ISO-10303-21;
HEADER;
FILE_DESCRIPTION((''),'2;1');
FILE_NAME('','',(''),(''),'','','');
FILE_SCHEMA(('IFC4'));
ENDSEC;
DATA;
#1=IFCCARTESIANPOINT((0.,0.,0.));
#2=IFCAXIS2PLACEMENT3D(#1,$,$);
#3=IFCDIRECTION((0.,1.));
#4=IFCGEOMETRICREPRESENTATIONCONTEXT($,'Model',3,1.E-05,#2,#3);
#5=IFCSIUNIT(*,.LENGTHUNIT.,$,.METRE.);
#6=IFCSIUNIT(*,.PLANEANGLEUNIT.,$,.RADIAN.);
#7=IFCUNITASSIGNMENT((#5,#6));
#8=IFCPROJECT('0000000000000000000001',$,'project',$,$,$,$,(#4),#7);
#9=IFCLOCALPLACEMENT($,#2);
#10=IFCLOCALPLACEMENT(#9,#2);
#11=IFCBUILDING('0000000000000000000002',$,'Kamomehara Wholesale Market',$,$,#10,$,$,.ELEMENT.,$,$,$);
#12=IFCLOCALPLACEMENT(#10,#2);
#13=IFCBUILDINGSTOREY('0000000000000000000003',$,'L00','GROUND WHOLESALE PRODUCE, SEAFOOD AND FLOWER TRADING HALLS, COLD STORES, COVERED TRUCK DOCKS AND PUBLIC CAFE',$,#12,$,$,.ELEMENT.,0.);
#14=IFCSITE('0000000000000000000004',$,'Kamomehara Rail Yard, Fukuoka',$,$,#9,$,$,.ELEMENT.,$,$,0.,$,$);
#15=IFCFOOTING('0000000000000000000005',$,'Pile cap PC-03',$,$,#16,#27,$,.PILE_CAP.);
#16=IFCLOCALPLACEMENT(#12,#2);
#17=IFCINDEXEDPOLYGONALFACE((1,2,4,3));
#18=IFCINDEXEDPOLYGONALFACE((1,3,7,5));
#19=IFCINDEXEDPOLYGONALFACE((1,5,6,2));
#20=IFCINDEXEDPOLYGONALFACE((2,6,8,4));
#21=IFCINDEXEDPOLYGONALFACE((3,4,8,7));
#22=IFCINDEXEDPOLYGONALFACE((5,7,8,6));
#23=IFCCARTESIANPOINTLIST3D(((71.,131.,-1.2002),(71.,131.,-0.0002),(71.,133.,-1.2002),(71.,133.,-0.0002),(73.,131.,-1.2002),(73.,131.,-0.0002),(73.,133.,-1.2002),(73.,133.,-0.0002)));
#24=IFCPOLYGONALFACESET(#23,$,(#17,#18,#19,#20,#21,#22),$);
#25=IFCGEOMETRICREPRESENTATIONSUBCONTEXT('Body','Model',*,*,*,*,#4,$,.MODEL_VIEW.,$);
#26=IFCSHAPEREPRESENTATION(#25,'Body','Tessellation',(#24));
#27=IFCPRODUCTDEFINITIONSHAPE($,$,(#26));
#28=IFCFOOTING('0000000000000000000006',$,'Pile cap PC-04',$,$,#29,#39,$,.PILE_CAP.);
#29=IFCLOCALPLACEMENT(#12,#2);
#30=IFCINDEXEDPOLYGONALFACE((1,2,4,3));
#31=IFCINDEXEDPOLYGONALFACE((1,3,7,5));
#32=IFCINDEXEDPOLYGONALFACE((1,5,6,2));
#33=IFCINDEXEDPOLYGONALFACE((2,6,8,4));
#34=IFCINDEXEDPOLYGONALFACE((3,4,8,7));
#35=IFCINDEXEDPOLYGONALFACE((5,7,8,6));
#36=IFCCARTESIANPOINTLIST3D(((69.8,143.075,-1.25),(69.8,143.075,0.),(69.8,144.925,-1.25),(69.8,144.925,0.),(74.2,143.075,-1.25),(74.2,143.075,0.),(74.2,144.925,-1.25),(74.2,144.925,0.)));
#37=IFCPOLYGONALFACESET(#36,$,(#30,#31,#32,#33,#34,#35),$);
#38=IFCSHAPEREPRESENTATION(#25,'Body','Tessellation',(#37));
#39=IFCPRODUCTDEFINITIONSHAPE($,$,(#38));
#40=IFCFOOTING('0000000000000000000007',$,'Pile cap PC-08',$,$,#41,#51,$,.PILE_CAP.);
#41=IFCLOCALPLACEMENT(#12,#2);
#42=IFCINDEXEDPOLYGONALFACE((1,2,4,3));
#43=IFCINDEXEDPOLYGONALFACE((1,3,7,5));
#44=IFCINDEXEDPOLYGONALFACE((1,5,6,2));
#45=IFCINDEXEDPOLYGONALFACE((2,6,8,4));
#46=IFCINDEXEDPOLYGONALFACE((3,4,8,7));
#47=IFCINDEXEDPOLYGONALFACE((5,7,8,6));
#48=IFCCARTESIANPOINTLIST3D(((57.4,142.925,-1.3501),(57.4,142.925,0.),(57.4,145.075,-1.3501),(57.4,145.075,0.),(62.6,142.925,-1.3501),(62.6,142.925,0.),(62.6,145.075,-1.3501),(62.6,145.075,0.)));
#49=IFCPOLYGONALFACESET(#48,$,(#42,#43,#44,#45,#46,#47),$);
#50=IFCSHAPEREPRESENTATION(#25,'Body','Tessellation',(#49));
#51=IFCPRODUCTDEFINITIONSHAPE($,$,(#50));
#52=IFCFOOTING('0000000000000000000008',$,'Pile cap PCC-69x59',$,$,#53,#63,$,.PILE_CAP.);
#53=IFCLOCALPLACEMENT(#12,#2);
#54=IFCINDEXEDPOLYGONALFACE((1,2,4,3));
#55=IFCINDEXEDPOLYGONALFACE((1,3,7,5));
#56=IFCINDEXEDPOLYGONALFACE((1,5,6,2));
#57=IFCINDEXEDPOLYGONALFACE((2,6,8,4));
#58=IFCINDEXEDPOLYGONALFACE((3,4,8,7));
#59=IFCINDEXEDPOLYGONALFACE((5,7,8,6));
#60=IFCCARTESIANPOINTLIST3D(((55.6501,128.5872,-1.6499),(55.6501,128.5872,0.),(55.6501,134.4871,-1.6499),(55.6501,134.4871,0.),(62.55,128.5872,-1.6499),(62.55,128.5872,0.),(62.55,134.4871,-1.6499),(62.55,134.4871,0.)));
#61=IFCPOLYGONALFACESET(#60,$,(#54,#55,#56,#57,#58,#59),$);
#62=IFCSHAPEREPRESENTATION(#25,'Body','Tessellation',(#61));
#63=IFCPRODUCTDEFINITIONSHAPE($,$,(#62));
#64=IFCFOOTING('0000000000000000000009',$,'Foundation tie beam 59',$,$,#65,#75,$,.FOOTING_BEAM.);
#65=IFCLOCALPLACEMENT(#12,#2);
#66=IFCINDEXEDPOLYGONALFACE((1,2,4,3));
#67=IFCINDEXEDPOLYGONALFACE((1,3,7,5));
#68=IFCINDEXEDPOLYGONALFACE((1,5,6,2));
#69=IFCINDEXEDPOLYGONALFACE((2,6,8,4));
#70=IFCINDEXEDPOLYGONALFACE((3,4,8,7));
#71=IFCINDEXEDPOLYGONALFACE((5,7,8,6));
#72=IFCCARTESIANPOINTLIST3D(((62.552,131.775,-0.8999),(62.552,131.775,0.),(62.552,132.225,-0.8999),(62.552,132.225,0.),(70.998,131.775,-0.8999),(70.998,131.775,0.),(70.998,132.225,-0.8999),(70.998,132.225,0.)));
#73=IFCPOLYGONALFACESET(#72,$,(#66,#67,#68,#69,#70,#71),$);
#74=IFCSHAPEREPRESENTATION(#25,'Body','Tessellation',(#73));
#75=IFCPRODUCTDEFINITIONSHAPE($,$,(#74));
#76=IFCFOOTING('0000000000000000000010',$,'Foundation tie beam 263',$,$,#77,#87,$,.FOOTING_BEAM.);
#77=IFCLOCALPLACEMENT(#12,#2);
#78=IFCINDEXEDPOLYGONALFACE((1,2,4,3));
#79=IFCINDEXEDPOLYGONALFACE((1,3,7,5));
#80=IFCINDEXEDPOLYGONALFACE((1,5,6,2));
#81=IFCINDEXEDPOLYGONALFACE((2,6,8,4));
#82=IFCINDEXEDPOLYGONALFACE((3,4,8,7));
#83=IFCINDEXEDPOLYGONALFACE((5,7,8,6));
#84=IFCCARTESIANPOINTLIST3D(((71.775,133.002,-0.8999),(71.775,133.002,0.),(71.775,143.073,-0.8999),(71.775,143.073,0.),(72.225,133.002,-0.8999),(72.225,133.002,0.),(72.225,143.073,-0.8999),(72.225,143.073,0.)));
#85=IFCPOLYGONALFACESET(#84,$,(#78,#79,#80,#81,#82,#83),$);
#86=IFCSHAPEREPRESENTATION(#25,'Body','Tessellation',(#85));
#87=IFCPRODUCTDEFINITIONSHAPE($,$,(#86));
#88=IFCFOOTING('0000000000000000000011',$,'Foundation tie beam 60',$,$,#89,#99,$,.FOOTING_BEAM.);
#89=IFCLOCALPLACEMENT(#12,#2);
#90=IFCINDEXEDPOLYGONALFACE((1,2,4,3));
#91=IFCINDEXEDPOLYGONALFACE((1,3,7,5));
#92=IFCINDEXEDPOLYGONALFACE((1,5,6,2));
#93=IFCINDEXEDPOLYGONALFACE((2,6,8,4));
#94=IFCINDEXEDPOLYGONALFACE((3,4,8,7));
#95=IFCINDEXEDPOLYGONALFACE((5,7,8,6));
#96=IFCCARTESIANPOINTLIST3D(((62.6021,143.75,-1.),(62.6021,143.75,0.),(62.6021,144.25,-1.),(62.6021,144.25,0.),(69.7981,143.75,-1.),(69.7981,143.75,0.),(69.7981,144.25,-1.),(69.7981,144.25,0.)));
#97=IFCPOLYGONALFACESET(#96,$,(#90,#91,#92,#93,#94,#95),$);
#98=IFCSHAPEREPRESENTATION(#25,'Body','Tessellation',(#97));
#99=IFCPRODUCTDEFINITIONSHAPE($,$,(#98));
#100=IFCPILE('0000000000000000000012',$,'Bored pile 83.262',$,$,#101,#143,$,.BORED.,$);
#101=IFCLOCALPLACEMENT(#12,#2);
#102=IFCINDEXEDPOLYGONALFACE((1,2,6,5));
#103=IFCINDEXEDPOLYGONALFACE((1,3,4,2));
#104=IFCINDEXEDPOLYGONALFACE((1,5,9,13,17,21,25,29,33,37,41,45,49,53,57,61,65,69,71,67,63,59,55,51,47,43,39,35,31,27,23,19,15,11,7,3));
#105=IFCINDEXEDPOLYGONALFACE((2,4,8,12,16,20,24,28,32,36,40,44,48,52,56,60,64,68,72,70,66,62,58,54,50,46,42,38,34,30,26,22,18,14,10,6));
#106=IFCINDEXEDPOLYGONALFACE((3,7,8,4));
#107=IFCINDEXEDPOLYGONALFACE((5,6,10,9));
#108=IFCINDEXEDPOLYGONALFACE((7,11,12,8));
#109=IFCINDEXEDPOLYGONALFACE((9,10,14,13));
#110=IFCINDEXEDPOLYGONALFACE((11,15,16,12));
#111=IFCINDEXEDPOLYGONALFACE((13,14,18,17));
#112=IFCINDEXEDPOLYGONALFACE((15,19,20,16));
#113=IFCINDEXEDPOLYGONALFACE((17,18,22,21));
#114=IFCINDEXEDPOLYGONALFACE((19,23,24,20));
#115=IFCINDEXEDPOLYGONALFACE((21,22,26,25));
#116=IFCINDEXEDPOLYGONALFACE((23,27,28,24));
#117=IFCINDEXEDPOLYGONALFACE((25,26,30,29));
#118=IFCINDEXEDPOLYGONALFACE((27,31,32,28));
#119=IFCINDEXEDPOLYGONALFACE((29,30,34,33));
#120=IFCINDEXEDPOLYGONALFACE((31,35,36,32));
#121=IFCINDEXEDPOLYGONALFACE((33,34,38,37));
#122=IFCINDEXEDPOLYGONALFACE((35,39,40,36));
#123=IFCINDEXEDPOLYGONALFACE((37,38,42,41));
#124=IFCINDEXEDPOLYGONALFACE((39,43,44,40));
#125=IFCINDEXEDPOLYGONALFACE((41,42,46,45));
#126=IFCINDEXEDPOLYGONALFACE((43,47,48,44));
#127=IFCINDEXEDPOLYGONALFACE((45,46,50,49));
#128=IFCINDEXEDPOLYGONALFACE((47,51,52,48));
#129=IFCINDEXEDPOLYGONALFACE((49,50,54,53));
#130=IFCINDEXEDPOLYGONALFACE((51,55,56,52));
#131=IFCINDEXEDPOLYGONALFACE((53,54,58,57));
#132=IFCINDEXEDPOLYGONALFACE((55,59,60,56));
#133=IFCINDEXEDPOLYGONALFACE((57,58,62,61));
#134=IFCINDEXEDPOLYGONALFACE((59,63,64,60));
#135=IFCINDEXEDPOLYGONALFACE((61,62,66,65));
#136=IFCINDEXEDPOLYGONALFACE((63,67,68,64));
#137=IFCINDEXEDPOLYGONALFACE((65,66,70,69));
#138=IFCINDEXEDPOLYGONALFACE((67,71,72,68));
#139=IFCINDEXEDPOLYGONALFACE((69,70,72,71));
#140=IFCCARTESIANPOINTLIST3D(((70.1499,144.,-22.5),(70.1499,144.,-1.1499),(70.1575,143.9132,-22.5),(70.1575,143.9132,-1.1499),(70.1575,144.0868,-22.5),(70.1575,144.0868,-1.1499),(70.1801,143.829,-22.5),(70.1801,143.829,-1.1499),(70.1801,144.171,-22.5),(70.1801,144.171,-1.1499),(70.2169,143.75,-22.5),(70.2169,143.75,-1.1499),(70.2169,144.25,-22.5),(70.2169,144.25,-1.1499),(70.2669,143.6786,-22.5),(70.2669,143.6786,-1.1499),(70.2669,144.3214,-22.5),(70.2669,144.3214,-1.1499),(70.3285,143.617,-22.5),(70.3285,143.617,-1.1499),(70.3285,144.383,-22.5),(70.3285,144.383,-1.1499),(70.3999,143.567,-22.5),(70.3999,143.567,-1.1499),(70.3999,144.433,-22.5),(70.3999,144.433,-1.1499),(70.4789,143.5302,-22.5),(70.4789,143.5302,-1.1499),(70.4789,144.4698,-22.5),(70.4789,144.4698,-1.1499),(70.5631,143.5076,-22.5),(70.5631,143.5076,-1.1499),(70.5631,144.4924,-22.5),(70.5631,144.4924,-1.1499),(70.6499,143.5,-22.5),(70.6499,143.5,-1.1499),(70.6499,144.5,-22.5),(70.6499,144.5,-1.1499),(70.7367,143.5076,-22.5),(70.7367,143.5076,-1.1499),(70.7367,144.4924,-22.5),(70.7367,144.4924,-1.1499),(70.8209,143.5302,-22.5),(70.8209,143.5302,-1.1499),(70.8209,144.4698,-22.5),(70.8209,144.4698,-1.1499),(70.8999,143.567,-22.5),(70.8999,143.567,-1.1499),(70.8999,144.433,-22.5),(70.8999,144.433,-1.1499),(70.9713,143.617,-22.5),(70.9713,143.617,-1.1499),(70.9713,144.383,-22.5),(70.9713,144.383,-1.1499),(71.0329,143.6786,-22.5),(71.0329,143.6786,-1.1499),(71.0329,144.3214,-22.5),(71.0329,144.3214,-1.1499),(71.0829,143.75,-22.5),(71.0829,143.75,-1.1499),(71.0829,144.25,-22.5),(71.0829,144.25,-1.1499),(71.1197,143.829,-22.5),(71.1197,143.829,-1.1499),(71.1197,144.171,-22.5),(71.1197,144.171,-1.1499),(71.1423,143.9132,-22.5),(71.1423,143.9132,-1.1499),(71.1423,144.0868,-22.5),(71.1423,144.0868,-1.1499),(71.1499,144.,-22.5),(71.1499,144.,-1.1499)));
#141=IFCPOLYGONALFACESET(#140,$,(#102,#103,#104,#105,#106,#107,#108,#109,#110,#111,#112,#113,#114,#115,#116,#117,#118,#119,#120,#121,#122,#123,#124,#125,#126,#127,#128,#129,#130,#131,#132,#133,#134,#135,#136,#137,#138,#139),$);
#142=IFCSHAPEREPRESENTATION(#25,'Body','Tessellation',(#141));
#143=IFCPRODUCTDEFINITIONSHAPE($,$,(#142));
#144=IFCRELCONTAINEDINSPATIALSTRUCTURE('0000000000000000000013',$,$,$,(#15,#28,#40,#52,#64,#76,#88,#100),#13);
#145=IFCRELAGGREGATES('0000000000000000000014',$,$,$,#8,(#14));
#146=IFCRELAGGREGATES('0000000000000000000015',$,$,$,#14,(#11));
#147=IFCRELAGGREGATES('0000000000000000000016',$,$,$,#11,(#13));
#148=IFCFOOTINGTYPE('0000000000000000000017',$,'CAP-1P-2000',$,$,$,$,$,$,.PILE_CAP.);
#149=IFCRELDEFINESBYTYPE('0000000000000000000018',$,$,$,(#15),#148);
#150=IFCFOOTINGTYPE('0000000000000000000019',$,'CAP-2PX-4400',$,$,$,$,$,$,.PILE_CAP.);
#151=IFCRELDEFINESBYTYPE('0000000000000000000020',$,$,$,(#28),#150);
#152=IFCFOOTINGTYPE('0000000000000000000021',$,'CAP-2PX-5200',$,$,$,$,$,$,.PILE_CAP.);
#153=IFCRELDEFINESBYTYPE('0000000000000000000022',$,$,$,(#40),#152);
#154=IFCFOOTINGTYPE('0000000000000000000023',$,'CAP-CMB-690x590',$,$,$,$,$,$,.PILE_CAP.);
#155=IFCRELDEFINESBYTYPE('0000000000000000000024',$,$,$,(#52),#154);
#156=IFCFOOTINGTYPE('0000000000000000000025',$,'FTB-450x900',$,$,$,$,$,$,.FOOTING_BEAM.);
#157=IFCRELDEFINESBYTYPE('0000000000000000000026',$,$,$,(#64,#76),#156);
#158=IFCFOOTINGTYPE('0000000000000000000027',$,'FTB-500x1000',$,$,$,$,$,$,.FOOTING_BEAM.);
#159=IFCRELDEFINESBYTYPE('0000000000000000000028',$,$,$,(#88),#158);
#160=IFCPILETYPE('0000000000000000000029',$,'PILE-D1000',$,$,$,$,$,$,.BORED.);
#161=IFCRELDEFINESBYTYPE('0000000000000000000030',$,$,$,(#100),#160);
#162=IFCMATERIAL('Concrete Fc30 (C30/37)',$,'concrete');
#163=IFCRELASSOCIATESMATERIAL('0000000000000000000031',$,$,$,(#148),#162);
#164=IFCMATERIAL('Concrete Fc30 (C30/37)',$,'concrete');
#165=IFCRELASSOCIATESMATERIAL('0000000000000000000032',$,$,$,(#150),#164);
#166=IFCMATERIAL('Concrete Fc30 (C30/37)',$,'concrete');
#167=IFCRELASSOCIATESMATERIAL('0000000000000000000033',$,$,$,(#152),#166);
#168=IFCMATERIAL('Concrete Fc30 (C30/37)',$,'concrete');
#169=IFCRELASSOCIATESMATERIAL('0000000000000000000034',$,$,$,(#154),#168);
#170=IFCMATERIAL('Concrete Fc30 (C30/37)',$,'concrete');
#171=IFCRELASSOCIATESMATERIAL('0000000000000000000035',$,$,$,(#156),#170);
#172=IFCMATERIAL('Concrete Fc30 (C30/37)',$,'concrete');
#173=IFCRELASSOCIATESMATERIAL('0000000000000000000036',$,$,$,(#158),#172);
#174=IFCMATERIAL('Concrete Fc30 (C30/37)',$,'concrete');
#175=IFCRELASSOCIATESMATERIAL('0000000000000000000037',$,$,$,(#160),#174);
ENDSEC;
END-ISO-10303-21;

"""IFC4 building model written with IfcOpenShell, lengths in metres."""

from ifc_helpers import new_model, si_unit, direction, frame, origin, origin_2d, place, context, subcontext, project, spatial, rectangle, circle, extrude, material, material_profile, profile_set, type_object, element, save


model = new_model("IFC4")

# Units and contexts
model_context = context("Model", 3, precision=1e-05, world=origin(), true_north=direction((0.0, 1.0)))
body_context = subcontext(model_context, "Body", "Model", "MODEL_VIEW")
ifc_project = project(units=[si_unit("LENGTHUNIT", "METRE"), si_unit("PLANEANGLEUNIT", "RADIAN")], contexts=[model_context])

# Site, building, storey
site_placement = place(None, origin())
site = spatial("IfcSite", under=ifc_project, at=site_placement, Name="Kamomehara Rail Yard, Fukuoka", CompositionType="ELEMENT", RefElevation=0.0)
building_placement = place(site_placement, origin())
building = spatial("IfcBuilding", under=site, at=building_placement, Name="Kamomehara Wholesale Market", CompositionType="ELEMENT")
storey_placement = place(building_placement, origin())
storey = spatial("IfcBuildingStorey", under=building, at=storey_placement, Name="L00", Description="GROUND WHOLESALE PRODUCE, SEAFOOD AND FLOWER TRADING HALLS, COLD STORES, COVERED TRUCK DOCKS AND PUBLIC CAFE", CompositionType="ELEMENT", Elevation=0.0)

# Footings
ifc_material_1 = material(Name="Concrete Fc30 (C30/37)", Category="concrete")
footing_type_1 = type_object("IfcFootingType", Name="CAP-1P-2000", PredefinedType="PILE_CAP", material=ifc_material_1)
footing_1_placement = place(storey_placement, frame((72.0, 132.0, -1.2002), z_axis=(0.0, 0.0, 1.0), x_axis=(1.0, 0.0, 0.0)))
element("IfcFooting", 1, at=footing_1_placement, inside=storey, type_object=footing_type_1, Name="Pile cap PC-03", PredefinedType="PILE_CAP", context=body_context, shape_type="SweptSolid", body=[
    extrude(rectangle(XDim=2.0, YDim=2.0, at=origin_2d()), origin(), (0.0, 0.0, 1.0), 1.2),
])
ifc_material_2 = material(Name="Concrete Fc30 (C30/37)", Category="concrete")
footing_type_2 = type_object("IfcFootingType", Name="CAP-2PX-4400", PredefinedType="PILE_CAP", material=ifc_material_2)
footing_2_placement = place(storey_placement, frame((72.0, 144.0, -1.25), z_axis=(0.0, 0.0, 1.0), x_axis=(1.0, 0.0, 0.0)))
element("IfcFooting", 2, at=footing_2_placement, inside=storey, type_object=footing_type_2, Name="Pile cap PC-04", PredefinedType="PILE_CAP", context=body_context, shape_type="SweptSolid", body=[
    extrude(rectangle(XDim=4.3999, YDim=1.8501, at=origin_2d()), origin(), (0.0, 0.0, 1.0), 1.25),
])
ifc_material_3 = material(Name="Concrete Fc30 (C30/37)", Category="concrete")
footing_type_3 = type_object("IfcFootingType", Name="CAP-2PX-5200", PredefinedType="PILE_CAP", material=ifc_material_3)
footing_3_placement = place(storey_placement, frame((60.0, 144.0, -1.3501), z_axis=(0.0, 0.0, 1.0), x_axis=(1.0, 0.0, 0.0)))
element("IfcFooting", 3, at=footing_3_placement, inside=storey, type_object=footing_type_3, Name="Pile cap PC-08", PredefinedType="PILE_CAP", context=body_context, shape_type="SweptSolid", body=[
    extrude(rectangle(XDim=5.2, YDim=2.1499, at=origin_2d()), origin(), (0.0, 0.0, 1.0), 1.3501),
])
ifc_material_4 = material(Name="Concrete Fc30 (C30/37)", Category="concrete")
footing_type_4 = type_object("IfcFootingType", Name="CAP-CMB-690x590", PredefinedType="PILE_CAP", material=ifc_material_4)
footing_4_placement = place(storey_placement, frame((59.1001, 131.5371, -1.6499), z_axis=(0.0, 0.0, 1.0), x_axis=(1.0, 0.0, 0.0)))
element("IfcFooting", 4, at=footing_4_placement, inside=storey, type_object=footing_type_4, Name="Pile cap PCC-69x59", PredefinedType="PILE_CAP", context=body_context, shape_type="SweptSolid", body=[
    extrude(rectangle(XDim=6.8999, YDim=5.8999, at=origin_2d()), origin(), (0.0, 0.0, 1.0), 1.6499),
])
ifc_material_5 = material(Name="Concrete Fc30 (C30/37)", Category="concrete")
ifc_material_profile_1 = material_profile(ifc_material_5, rectangle(XDim=0.45, YDim=0.8999, at=origin_2d()), Name="RC-FTB-450x900")
ifc_profile_set_1 = profile_set([ifc_material_profile_1], Name="Concrete Fc30 (C30/37)")
footing_type_5 = type_object("IfcFootingType", Name="FTB-450x900", PredefinedType="FOOTING_BEAM", material=ifc_profile_set_1)
footing_5_placement = place(storey_placement, frame((62.552, 132.0, -0.45), z_axis=(1.0, 0.0, 0.0), x_axis=(0.0, 1.0, 0.0)))
element("IfcFooting", 5, at=footing_5_placement, inside=storey, type_object=footing_type_5, Name="Foundation tie beam 59", PredefinedType="FOOTING_BEAM", context=body_context, shape_type="SweptSolid", body=[
    extrude(rectangle(XDim=0.45, YDim=0.8999, at=origin_2d()), origin(), (0.0, 0.0, 1.0), 8.446),
])
footing_6_placement = place(storey_placement, frame((72.0, 133.002, -0.45), z_axis=(0.0, 1.0, 0.0), x_axis=(-1.0, 0.0, 0.0)))
element("IfcFooting", 6, at=footing_6_placement, inside=storey, type_object=footing_type_5, Name="Foundation tie beam 263", PredefinedType="FOOTING_BEAM", context=body_context, shape_type="SweptSolid", body=[
    extrude(rectangle(XDim=0.45, YDim=0.8999, at=origin_2d()), origin(), (0.0, 0.0, 1.0), 10.071),
])
ifc_material_6 = material(Name="Concrete Fc30 (C30/37)", Category="concrete")
ifc_material_profile_2 = material_profile(ifc_material_6, rectangle(XDim=0.5, YDim=1.0, at=origin_2d()), Name="RC-FTB-500x1000")
ifc_profile_set_2 = profile_set([ifc_material_profile_2], Name="Concrete Fc30 (C30/37)")
footing_type_6 = type_object("IfcFootingType", Name="FTB-500x1000", PredefinedType="FOOTING_BEAM", material=ifc_profile_set_2)
footing_7_placement = place(storey_placement, frame((62.6021, 144.0, -0.5), z_axis=(1.0, 0.0, 0.0), x_axis=(0.0, 1.0, 0.0)))
element("IfcFooting", 7, at=footing_7_placement, inside=storey, type_object=footing_type_6, Name="Foundation tie beam 60", PredefinedType="FOOTING_BEAM", context=body_context, shape_type="SweptSolid", body=[
    extrude(rectangle(XDim=0.5, YDim=1.0, at=origin_2d()), origin(), (0.0, 0.0, 1.0), 7.196),
])

# Pile
ifc_material_7 = material(Name="Concrete Fc30 (C30/37)", Category="concrete")
ifc_material_profile_3 = material_profile(ifc_material_7, circle(Radius=0.5, at=origin_2d()), Name="RC-PILE-D1000")
ifc_profile_set_3 = profile_set([ifc_material_profile_3], Name="Concrete Fc30 (C30/37)")
pile_type_1 = type_object("IfcPileType", Name="PILE-D1000", PredefinedType="BORED", material=ifc_profile_set_3)
pile_1_placement = place(storey_placement, frame((70.6499, 144.0, -1.1499), z_axis=(0.0, 0.0, -1.0), x_axis=(1.0, 0.0, 0.0)))
element("IfcPile", 8, at=pile_1_placement, inside=storey, type_object=pile_type_1, Name="Bored pile 83.262", PredefinedType="BORED", context=body_context, shape_type="SweptSolid", body=[
    extrude(circle(Radius=0.5, at=origin_2d()), origin(), (0.0, 0.0, 1.0), 21.3501),
])

save(model, "model.ifc")
